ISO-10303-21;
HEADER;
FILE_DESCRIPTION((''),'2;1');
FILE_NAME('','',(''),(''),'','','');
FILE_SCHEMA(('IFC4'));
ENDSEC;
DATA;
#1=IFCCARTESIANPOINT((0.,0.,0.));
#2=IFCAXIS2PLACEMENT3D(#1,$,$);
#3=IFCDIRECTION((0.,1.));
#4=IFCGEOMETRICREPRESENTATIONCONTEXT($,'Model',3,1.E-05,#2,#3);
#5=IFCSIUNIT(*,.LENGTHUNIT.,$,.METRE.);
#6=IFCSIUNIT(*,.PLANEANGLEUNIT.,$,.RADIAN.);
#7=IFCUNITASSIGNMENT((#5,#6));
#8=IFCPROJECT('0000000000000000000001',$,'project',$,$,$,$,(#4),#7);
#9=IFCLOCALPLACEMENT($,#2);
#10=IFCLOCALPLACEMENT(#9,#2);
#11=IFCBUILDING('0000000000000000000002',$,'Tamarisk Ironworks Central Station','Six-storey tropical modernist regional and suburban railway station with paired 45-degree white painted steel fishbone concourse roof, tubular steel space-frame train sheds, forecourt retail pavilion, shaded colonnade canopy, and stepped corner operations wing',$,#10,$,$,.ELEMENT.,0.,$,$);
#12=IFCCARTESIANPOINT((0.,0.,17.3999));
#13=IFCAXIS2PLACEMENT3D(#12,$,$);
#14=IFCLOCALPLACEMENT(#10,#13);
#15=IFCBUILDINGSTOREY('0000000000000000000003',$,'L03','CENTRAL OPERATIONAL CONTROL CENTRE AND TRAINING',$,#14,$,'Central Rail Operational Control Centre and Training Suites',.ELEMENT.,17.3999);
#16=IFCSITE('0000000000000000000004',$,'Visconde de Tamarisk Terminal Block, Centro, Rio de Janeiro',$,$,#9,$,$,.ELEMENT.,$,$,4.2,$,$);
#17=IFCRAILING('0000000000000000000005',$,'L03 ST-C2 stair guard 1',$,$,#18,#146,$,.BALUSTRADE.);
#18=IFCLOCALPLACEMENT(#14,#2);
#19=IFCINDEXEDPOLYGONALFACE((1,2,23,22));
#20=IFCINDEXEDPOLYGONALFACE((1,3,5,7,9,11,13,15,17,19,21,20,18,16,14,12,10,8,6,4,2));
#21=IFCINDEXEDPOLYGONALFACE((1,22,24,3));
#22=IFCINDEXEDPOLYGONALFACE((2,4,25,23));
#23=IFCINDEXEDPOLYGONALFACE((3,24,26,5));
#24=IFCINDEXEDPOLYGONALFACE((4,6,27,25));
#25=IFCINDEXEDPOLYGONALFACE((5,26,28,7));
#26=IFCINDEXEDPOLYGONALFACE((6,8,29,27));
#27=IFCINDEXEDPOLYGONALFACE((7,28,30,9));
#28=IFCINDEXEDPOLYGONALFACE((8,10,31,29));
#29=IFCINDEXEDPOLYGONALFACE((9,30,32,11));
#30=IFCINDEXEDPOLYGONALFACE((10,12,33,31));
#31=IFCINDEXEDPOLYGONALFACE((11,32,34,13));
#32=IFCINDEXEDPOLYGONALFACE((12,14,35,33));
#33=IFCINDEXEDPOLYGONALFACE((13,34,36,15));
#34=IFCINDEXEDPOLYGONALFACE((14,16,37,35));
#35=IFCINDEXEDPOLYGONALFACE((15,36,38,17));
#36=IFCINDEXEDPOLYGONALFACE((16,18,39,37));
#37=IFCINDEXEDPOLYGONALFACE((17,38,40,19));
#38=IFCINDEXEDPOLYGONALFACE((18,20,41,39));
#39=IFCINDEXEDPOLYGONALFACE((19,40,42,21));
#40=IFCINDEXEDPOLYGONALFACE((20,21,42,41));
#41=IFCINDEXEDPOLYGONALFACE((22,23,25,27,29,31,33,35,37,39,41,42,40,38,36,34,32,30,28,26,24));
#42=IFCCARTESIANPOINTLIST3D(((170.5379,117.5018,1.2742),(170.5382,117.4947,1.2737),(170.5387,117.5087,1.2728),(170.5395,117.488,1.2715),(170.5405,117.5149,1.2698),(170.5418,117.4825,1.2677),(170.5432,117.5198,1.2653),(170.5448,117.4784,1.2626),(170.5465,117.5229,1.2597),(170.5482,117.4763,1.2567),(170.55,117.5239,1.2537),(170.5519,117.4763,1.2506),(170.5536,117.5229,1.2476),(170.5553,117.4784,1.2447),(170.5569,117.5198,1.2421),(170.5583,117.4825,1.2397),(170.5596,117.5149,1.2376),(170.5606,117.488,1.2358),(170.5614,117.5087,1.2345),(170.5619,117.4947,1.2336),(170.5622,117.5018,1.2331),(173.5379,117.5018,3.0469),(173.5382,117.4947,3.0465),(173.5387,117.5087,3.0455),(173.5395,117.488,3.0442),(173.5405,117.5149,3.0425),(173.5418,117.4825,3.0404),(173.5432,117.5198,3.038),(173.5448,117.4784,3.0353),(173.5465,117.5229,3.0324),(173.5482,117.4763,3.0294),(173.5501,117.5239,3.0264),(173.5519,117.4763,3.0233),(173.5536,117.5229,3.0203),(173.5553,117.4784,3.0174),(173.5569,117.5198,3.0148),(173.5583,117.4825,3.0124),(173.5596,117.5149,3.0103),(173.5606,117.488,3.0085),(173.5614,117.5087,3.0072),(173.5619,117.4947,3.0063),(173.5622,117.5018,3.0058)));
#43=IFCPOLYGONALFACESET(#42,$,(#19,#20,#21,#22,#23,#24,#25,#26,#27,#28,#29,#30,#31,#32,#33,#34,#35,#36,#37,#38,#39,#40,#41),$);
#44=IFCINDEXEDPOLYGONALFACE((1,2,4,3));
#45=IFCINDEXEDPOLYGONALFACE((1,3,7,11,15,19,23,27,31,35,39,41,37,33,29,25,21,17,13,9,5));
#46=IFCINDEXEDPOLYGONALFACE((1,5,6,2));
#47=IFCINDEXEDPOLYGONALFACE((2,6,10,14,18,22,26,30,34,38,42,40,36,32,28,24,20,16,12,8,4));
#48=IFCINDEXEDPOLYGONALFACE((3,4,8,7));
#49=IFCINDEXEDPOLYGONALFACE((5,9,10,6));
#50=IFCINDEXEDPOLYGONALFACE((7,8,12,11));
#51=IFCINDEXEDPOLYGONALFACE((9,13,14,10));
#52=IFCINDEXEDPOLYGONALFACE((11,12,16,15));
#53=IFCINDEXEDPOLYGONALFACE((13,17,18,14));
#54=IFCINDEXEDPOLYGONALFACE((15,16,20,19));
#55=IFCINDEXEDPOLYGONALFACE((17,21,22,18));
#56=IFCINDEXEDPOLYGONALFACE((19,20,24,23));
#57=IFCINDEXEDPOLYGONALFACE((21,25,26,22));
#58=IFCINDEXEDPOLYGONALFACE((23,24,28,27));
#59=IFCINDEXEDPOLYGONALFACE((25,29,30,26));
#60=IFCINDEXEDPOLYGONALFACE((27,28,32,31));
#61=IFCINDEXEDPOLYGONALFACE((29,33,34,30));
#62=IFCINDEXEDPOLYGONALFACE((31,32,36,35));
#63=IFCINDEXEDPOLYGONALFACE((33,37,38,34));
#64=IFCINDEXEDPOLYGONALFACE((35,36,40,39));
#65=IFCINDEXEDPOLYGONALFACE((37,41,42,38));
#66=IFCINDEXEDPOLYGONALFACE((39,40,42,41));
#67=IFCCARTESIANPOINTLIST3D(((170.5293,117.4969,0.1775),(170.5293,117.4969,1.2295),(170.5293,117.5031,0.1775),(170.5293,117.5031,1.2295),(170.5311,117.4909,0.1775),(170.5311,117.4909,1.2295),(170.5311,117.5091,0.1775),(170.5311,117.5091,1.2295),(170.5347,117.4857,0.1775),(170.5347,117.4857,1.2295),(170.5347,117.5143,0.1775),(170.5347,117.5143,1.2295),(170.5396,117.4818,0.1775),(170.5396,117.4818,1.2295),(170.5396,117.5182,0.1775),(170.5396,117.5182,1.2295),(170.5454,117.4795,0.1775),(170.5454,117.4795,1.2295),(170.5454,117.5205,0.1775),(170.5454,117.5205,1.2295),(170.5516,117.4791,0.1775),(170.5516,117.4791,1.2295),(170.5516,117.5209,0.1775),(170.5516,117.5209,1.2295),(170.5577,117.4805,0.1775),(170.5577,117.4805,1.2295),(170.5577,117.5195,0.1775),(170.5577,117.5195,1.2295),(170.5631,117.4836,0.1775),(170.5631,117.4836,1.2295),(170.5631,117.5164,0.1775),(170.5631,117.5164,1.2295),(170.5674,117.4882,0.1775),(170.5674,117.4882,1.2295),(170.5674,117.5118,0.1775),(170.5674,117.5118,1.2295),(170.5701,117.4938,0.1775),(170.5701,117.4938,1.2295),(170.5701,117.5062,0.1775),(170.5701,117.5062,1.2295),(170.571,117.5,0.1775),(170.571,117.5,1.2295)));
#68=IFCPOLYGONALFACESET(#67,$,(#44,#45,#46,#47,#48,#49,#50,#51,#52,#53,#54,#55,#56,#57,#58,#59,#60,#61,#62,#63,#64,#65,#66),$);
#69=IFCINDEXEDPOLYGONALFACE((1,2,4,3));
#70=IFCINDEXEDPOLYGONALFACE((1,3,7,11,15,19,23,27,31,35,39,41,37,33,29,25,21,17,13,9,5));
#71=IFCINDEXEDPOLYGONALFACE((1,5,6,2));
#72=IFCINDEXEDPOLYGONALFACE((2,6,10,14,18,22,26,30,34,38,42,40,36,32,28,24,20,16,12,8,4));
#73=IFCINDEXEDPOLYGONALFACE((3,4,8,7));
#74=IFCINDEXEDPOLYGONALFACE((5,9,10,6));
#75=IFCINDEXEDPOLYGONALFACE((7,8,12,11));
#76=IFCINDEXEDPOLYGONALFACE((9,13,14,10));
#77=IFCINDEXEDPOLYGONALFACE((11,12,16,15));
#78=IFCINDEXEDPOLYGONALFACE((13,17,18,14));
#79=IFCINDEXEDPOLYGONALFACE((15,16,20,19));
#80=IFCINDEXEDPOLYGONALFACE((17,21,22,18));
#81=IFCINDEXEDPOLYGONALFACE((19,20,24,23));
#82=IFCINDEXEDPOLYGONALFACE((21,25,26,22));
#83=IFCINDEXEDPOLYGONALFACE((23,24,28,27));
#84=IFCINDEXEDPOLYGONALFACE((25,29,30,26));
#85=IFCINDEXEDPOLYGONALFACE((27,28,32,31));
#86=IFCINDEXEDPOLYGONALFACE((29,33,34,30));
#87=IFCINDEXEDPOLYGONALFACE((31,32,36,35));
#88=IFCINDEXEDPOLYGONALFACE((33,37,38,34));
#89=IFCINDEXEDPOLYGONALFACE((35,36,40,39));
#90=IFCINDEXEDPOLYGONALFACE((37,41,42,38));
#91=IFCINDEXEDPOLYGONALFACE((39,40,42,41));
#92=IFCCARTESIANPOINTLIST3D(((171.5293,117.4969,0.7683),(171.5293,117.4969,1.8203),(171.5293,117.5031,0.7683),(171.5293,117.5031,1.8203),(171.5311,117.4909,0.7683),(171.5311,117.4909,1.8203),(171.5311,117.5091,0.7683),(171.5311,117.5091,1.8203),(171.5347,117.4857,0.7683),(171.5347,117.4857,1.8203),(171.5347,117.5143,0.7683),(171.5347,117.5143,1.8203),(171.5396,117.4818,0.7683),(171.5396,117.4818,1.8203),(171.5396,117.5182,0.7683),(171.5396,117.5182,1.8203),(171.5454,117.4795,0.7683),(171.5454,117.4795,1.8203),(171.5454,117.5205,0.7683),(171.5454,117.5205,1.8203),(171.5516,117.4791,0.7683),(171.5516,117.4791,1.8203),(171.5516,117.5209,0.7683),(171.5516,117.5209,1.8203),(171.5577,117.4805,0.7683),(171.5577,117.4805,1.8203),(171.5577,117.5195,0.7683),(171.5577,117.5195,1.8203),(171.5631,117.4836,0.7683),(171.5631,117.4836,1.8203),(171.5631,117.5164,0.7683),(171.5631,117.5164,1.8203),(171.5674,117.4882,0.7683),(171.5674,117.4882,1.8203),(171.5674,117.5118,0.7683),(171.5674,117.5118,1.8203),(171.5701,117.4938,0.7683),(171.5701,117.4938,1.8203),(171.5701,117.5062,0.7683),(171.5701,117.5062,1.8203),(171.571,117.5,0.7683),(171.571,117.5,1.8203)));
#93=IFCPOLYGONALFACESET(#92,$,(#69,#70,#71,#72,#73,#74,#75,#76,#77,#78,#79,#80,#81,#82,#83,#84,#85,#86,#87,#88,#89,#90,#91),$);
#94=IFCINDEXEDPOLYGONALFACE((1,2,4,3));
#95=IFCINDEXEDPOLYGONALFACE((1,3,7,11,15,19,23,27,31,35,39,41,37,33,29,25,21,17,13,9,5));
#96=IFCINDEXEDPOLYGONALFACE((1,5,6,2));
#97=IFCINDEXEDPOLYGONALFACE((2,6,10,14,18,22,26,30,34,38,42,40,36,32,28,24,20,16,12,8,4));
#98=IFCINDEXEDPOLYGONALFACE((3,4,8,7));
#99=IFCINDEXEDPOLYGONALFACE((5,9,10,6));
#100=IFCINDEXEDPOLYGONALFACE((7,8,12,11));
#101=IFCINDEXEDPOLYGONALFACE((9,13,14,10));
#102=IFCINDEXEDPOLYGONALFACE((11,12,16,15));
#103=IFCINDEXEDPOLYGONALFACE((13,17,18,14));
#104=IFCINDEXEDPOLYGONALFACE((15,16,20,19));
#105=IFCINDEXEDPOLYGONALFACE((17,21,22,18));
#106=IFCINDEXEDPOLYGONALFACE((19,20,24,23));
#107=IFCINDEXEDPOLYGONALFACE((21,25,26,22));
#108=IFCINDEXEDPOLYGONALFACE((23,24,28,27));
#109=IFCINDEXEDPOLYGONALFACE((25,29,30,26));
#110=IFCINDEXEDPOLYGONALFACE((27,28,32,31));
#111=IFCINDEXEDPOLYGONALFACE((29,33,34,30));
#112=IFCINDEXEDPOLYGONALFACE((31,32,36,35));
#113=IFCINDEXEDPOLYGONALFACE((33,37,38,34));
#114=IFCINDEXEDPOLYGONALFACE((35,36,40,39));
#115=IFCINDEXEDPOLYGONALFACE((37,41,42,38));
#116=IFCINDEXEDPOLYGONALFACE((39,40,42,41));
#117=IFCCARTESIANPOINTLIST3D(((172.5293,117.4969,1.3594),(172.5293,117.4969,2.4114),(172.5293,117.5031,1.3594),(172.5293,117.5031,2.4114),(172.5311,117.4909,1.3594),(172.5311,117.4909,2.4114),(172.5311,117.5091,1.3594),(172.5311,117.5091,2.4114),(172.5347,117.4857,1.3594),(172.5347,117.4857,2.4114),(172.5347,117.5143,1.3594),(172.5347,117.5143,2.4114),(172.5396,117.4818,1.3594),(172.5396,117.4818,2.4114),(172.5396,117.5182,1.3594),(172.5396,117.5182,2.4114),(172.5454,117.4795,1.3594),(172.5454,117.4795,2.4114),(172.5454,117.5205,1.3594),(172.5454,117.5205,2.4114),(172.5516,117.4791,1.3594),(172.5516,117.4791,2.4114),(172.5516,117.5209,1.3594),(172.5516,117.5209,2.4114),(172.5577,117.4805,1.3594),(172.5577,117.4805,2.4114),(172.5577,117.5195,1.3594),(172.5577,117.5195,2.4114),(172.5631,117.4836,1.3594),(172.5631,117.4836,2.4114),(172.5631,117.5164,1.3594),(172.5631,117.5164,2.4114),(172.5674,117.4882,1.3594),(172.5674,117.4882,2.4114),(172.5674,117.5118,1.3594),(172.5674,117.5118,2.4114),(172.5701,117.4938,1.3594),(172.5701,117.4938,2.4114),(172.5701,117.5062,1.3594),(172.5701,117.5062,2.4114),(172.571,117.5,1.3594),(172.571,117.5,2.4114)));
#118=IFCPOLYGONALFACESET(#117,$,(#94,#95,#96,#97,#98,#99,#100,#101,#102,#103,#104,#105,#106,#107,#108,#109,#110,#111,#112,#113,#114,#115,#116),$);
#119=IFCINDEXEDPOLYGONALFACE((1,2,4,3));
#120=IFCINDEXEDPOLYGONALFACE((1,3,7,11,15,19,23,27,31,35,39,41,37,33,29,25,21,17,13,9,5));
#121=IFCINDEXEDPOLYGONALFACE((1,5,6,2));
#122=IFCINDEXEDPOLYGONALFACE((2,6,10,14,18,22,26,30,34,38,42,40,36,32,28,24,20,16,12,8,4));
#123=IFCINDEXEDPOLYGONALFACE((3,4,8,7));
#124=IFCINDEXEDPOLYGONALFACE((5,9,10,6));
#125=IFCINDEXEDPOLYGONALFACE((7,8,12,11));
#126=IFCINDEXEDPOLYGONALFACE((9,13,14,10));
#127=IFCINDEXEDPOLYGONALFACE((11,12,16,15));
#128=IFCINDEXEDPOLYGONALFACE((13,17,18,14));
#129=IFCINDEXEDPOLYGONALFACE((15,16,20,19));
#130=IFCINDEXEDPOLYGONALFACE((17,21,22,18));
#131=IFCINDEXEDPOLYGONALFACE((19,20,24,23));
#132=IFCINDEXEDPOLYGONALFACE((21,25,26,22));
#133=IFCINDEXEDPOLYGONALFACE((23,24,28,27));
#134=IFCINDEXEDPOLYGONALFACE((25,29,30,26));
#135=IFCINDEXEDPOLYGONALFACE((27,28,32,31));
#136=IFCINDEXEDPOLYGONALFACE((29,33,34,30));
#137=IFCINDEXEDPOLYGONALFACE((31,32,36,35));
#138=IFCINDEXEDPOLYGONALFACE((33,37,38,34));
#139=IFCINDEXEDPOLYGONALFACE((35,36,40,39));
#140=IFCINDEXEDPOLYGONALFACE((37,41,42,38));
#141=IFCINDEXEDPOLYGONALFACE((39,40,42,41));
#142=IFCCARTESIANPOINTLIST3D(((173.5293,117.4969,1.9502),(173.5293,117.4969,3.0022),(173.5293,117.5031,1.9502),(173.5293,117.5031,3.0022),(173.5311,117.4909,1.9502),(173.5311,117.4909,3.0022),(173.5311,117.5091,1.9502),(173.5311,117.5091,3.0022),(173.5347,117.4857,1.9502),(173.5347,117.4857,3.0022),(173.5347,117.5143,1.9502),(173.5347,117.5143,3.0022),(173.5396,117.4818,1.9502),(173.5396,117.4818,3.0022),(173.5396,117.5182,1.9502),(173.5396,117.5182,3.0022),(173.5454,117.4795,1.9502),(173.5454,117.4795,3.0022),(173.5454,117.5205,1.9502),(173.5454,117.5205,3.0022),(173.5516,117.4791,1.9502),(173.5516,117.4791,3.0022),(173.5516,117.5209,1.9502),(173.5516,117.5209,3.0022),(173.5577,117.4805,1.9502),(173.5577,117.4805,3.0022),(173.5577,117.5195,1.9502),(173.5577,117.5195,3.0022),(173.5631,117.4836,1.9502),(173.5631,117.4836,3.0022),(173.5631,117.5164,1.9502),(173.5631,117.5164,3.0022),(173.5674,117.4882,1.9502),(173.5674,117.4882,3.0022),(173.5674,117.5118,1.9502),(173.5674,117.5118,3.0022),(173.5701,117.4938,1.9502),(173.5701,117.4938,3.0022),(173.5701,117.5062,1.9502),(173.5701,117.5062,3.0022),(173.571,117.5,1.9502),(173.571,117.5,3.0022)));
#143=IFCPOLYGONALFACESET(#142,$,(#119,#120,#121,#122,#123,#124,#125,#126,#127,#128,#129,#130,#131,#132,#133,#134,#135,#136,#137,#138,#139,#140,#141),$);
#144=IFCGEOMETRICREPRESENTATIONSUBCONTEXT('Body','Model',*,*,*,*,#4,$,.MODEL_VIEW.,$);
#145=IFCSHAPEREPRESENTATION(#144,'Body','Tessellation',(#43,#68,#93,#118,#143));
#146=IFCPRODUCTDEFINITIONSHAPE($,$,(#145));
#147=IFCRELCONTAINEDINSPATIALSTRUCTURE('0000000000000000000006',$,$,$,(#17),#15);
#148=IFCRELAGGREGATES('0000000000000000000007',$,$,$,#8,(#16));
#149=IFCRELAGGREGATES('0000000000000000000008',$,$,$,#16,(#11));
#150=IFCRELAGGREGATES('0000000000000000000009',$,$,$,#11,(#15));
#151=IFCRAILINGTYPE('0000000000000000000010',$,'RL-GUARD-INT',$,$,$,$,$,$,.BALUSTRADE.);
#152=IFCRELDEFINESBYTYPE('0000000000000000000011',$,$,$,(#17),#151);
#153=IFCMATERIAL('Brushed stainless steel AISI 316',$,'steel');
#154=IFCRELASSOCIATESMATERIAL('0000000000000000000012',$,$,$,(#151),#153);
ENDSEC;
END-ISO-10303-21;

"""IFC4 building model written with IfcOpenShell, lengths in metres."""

from ifc_helpers import new_model, si_unit, direction, frame, origin, origin_2d, place, context, subcontext, project, spatial, circle, extrude, material, type_object, element, save


model = new_model("IFC4")

# Units and contexts
model_context = context("Model", 3, precision=1e-05, world=origin(), true_north=direction((0.0, 1.0)))
body_context = subcontext(model_context, "Body", "Model", "MODEL_VIEW")
ifc_project = project(units=[si_unit("LENGTHUNIT", "METRE"), si_unit("PLANEANGLEUNIT", "RADIAN")], contexts=[model_context])

# Site, building, storey
site_placement = place(None, origin())
site = spatial("IfcSite", under=ifc_project, at=site_placement, Name="Visconde de Tamarisk Terminal Block, Centro, Rio de Janeiro", CompositionType="ELEMENT", RefElevation=4.2)
building_placement = place(site_placement, origin())
building = spatial("IfcBuilding", under=site, at=building_placement, Name="Tamarisk Ironworks Central Station", Description="Six-storey tropical modernist regional and suburban railway station with paired 45-degree white painted steel fishbone concourse roof, tubular steel space-frame train sheds, forecourt retail pavilion, shaded colonnade canopy, and stepped corner operations wing", CompositionType="ELEMENT", ElevationOfRefHeight=0.0)
storey_placement = place(building_placement, frame((0.0, 0.0, 17.3999)))
storey = spatial("IfcBuildingStorey", under=building, at=storey_placement, Name="L03", Description="CENTRAL OPERATIONAL CONTROL CENTRE AND TRAINING", LongName="Central Rail Operational Control Centre and Training Suites", CompositionType="ELEMENT", Elevation=17.3999)

# Railing
ifc_material_1 = material(Name="Brushed stainless steel AISI 316", Category="steel")
railing_type_1 = type_object("IfcRailingType", Name="RL-GUARD-INT", PredefinedType="BALUSTRADE", material=ifc_material_1)
railing_1_placement = place(storey_placement, frame((170.55, 117.5, 0.1775)))
element("IfcRailing", 1, at=railing_1_placement, inside=storey, type_object=railing_type_1, Name="L03 ST-C2 stair guard 1", PredefinedType="BALUSTRADE", context=body_context, shape_type="SweptSolid", body=[
    extrude(circle(Radius=0.0239, at=origin_2d()), frame((0.0, 0.0, 1.0762), z_axis=(0.860929, 0.0, 0.508725), x_axis=(0.0, 1.0, 0.0)), (0.0, 0.0, 1.0), 3.4846),
    extrude(circle(Radius=0.021, at=origin_2d()), origin(), (0.0, 0.0, 1.0), 1.052),
    extrude(circle(Radius=0.021, at=origin_2d()), frame((1.0, 0.0, 0.5908)), (0.0, 0.0, 1.0), 1.052),
    extrude(circle(Radius=0.021, at=origin_2d()), frame((2.0, 0.0, 1.1819)), (0.0, 0.0, 1.0), 1.052),
    extrude(circle(Radius=0.021, at=origin_2d()), frame((3.0, 0.0, 1.7727)), (0.0, 0.0, 1.0), 1.052),
])

save(model, "model.ifc")
